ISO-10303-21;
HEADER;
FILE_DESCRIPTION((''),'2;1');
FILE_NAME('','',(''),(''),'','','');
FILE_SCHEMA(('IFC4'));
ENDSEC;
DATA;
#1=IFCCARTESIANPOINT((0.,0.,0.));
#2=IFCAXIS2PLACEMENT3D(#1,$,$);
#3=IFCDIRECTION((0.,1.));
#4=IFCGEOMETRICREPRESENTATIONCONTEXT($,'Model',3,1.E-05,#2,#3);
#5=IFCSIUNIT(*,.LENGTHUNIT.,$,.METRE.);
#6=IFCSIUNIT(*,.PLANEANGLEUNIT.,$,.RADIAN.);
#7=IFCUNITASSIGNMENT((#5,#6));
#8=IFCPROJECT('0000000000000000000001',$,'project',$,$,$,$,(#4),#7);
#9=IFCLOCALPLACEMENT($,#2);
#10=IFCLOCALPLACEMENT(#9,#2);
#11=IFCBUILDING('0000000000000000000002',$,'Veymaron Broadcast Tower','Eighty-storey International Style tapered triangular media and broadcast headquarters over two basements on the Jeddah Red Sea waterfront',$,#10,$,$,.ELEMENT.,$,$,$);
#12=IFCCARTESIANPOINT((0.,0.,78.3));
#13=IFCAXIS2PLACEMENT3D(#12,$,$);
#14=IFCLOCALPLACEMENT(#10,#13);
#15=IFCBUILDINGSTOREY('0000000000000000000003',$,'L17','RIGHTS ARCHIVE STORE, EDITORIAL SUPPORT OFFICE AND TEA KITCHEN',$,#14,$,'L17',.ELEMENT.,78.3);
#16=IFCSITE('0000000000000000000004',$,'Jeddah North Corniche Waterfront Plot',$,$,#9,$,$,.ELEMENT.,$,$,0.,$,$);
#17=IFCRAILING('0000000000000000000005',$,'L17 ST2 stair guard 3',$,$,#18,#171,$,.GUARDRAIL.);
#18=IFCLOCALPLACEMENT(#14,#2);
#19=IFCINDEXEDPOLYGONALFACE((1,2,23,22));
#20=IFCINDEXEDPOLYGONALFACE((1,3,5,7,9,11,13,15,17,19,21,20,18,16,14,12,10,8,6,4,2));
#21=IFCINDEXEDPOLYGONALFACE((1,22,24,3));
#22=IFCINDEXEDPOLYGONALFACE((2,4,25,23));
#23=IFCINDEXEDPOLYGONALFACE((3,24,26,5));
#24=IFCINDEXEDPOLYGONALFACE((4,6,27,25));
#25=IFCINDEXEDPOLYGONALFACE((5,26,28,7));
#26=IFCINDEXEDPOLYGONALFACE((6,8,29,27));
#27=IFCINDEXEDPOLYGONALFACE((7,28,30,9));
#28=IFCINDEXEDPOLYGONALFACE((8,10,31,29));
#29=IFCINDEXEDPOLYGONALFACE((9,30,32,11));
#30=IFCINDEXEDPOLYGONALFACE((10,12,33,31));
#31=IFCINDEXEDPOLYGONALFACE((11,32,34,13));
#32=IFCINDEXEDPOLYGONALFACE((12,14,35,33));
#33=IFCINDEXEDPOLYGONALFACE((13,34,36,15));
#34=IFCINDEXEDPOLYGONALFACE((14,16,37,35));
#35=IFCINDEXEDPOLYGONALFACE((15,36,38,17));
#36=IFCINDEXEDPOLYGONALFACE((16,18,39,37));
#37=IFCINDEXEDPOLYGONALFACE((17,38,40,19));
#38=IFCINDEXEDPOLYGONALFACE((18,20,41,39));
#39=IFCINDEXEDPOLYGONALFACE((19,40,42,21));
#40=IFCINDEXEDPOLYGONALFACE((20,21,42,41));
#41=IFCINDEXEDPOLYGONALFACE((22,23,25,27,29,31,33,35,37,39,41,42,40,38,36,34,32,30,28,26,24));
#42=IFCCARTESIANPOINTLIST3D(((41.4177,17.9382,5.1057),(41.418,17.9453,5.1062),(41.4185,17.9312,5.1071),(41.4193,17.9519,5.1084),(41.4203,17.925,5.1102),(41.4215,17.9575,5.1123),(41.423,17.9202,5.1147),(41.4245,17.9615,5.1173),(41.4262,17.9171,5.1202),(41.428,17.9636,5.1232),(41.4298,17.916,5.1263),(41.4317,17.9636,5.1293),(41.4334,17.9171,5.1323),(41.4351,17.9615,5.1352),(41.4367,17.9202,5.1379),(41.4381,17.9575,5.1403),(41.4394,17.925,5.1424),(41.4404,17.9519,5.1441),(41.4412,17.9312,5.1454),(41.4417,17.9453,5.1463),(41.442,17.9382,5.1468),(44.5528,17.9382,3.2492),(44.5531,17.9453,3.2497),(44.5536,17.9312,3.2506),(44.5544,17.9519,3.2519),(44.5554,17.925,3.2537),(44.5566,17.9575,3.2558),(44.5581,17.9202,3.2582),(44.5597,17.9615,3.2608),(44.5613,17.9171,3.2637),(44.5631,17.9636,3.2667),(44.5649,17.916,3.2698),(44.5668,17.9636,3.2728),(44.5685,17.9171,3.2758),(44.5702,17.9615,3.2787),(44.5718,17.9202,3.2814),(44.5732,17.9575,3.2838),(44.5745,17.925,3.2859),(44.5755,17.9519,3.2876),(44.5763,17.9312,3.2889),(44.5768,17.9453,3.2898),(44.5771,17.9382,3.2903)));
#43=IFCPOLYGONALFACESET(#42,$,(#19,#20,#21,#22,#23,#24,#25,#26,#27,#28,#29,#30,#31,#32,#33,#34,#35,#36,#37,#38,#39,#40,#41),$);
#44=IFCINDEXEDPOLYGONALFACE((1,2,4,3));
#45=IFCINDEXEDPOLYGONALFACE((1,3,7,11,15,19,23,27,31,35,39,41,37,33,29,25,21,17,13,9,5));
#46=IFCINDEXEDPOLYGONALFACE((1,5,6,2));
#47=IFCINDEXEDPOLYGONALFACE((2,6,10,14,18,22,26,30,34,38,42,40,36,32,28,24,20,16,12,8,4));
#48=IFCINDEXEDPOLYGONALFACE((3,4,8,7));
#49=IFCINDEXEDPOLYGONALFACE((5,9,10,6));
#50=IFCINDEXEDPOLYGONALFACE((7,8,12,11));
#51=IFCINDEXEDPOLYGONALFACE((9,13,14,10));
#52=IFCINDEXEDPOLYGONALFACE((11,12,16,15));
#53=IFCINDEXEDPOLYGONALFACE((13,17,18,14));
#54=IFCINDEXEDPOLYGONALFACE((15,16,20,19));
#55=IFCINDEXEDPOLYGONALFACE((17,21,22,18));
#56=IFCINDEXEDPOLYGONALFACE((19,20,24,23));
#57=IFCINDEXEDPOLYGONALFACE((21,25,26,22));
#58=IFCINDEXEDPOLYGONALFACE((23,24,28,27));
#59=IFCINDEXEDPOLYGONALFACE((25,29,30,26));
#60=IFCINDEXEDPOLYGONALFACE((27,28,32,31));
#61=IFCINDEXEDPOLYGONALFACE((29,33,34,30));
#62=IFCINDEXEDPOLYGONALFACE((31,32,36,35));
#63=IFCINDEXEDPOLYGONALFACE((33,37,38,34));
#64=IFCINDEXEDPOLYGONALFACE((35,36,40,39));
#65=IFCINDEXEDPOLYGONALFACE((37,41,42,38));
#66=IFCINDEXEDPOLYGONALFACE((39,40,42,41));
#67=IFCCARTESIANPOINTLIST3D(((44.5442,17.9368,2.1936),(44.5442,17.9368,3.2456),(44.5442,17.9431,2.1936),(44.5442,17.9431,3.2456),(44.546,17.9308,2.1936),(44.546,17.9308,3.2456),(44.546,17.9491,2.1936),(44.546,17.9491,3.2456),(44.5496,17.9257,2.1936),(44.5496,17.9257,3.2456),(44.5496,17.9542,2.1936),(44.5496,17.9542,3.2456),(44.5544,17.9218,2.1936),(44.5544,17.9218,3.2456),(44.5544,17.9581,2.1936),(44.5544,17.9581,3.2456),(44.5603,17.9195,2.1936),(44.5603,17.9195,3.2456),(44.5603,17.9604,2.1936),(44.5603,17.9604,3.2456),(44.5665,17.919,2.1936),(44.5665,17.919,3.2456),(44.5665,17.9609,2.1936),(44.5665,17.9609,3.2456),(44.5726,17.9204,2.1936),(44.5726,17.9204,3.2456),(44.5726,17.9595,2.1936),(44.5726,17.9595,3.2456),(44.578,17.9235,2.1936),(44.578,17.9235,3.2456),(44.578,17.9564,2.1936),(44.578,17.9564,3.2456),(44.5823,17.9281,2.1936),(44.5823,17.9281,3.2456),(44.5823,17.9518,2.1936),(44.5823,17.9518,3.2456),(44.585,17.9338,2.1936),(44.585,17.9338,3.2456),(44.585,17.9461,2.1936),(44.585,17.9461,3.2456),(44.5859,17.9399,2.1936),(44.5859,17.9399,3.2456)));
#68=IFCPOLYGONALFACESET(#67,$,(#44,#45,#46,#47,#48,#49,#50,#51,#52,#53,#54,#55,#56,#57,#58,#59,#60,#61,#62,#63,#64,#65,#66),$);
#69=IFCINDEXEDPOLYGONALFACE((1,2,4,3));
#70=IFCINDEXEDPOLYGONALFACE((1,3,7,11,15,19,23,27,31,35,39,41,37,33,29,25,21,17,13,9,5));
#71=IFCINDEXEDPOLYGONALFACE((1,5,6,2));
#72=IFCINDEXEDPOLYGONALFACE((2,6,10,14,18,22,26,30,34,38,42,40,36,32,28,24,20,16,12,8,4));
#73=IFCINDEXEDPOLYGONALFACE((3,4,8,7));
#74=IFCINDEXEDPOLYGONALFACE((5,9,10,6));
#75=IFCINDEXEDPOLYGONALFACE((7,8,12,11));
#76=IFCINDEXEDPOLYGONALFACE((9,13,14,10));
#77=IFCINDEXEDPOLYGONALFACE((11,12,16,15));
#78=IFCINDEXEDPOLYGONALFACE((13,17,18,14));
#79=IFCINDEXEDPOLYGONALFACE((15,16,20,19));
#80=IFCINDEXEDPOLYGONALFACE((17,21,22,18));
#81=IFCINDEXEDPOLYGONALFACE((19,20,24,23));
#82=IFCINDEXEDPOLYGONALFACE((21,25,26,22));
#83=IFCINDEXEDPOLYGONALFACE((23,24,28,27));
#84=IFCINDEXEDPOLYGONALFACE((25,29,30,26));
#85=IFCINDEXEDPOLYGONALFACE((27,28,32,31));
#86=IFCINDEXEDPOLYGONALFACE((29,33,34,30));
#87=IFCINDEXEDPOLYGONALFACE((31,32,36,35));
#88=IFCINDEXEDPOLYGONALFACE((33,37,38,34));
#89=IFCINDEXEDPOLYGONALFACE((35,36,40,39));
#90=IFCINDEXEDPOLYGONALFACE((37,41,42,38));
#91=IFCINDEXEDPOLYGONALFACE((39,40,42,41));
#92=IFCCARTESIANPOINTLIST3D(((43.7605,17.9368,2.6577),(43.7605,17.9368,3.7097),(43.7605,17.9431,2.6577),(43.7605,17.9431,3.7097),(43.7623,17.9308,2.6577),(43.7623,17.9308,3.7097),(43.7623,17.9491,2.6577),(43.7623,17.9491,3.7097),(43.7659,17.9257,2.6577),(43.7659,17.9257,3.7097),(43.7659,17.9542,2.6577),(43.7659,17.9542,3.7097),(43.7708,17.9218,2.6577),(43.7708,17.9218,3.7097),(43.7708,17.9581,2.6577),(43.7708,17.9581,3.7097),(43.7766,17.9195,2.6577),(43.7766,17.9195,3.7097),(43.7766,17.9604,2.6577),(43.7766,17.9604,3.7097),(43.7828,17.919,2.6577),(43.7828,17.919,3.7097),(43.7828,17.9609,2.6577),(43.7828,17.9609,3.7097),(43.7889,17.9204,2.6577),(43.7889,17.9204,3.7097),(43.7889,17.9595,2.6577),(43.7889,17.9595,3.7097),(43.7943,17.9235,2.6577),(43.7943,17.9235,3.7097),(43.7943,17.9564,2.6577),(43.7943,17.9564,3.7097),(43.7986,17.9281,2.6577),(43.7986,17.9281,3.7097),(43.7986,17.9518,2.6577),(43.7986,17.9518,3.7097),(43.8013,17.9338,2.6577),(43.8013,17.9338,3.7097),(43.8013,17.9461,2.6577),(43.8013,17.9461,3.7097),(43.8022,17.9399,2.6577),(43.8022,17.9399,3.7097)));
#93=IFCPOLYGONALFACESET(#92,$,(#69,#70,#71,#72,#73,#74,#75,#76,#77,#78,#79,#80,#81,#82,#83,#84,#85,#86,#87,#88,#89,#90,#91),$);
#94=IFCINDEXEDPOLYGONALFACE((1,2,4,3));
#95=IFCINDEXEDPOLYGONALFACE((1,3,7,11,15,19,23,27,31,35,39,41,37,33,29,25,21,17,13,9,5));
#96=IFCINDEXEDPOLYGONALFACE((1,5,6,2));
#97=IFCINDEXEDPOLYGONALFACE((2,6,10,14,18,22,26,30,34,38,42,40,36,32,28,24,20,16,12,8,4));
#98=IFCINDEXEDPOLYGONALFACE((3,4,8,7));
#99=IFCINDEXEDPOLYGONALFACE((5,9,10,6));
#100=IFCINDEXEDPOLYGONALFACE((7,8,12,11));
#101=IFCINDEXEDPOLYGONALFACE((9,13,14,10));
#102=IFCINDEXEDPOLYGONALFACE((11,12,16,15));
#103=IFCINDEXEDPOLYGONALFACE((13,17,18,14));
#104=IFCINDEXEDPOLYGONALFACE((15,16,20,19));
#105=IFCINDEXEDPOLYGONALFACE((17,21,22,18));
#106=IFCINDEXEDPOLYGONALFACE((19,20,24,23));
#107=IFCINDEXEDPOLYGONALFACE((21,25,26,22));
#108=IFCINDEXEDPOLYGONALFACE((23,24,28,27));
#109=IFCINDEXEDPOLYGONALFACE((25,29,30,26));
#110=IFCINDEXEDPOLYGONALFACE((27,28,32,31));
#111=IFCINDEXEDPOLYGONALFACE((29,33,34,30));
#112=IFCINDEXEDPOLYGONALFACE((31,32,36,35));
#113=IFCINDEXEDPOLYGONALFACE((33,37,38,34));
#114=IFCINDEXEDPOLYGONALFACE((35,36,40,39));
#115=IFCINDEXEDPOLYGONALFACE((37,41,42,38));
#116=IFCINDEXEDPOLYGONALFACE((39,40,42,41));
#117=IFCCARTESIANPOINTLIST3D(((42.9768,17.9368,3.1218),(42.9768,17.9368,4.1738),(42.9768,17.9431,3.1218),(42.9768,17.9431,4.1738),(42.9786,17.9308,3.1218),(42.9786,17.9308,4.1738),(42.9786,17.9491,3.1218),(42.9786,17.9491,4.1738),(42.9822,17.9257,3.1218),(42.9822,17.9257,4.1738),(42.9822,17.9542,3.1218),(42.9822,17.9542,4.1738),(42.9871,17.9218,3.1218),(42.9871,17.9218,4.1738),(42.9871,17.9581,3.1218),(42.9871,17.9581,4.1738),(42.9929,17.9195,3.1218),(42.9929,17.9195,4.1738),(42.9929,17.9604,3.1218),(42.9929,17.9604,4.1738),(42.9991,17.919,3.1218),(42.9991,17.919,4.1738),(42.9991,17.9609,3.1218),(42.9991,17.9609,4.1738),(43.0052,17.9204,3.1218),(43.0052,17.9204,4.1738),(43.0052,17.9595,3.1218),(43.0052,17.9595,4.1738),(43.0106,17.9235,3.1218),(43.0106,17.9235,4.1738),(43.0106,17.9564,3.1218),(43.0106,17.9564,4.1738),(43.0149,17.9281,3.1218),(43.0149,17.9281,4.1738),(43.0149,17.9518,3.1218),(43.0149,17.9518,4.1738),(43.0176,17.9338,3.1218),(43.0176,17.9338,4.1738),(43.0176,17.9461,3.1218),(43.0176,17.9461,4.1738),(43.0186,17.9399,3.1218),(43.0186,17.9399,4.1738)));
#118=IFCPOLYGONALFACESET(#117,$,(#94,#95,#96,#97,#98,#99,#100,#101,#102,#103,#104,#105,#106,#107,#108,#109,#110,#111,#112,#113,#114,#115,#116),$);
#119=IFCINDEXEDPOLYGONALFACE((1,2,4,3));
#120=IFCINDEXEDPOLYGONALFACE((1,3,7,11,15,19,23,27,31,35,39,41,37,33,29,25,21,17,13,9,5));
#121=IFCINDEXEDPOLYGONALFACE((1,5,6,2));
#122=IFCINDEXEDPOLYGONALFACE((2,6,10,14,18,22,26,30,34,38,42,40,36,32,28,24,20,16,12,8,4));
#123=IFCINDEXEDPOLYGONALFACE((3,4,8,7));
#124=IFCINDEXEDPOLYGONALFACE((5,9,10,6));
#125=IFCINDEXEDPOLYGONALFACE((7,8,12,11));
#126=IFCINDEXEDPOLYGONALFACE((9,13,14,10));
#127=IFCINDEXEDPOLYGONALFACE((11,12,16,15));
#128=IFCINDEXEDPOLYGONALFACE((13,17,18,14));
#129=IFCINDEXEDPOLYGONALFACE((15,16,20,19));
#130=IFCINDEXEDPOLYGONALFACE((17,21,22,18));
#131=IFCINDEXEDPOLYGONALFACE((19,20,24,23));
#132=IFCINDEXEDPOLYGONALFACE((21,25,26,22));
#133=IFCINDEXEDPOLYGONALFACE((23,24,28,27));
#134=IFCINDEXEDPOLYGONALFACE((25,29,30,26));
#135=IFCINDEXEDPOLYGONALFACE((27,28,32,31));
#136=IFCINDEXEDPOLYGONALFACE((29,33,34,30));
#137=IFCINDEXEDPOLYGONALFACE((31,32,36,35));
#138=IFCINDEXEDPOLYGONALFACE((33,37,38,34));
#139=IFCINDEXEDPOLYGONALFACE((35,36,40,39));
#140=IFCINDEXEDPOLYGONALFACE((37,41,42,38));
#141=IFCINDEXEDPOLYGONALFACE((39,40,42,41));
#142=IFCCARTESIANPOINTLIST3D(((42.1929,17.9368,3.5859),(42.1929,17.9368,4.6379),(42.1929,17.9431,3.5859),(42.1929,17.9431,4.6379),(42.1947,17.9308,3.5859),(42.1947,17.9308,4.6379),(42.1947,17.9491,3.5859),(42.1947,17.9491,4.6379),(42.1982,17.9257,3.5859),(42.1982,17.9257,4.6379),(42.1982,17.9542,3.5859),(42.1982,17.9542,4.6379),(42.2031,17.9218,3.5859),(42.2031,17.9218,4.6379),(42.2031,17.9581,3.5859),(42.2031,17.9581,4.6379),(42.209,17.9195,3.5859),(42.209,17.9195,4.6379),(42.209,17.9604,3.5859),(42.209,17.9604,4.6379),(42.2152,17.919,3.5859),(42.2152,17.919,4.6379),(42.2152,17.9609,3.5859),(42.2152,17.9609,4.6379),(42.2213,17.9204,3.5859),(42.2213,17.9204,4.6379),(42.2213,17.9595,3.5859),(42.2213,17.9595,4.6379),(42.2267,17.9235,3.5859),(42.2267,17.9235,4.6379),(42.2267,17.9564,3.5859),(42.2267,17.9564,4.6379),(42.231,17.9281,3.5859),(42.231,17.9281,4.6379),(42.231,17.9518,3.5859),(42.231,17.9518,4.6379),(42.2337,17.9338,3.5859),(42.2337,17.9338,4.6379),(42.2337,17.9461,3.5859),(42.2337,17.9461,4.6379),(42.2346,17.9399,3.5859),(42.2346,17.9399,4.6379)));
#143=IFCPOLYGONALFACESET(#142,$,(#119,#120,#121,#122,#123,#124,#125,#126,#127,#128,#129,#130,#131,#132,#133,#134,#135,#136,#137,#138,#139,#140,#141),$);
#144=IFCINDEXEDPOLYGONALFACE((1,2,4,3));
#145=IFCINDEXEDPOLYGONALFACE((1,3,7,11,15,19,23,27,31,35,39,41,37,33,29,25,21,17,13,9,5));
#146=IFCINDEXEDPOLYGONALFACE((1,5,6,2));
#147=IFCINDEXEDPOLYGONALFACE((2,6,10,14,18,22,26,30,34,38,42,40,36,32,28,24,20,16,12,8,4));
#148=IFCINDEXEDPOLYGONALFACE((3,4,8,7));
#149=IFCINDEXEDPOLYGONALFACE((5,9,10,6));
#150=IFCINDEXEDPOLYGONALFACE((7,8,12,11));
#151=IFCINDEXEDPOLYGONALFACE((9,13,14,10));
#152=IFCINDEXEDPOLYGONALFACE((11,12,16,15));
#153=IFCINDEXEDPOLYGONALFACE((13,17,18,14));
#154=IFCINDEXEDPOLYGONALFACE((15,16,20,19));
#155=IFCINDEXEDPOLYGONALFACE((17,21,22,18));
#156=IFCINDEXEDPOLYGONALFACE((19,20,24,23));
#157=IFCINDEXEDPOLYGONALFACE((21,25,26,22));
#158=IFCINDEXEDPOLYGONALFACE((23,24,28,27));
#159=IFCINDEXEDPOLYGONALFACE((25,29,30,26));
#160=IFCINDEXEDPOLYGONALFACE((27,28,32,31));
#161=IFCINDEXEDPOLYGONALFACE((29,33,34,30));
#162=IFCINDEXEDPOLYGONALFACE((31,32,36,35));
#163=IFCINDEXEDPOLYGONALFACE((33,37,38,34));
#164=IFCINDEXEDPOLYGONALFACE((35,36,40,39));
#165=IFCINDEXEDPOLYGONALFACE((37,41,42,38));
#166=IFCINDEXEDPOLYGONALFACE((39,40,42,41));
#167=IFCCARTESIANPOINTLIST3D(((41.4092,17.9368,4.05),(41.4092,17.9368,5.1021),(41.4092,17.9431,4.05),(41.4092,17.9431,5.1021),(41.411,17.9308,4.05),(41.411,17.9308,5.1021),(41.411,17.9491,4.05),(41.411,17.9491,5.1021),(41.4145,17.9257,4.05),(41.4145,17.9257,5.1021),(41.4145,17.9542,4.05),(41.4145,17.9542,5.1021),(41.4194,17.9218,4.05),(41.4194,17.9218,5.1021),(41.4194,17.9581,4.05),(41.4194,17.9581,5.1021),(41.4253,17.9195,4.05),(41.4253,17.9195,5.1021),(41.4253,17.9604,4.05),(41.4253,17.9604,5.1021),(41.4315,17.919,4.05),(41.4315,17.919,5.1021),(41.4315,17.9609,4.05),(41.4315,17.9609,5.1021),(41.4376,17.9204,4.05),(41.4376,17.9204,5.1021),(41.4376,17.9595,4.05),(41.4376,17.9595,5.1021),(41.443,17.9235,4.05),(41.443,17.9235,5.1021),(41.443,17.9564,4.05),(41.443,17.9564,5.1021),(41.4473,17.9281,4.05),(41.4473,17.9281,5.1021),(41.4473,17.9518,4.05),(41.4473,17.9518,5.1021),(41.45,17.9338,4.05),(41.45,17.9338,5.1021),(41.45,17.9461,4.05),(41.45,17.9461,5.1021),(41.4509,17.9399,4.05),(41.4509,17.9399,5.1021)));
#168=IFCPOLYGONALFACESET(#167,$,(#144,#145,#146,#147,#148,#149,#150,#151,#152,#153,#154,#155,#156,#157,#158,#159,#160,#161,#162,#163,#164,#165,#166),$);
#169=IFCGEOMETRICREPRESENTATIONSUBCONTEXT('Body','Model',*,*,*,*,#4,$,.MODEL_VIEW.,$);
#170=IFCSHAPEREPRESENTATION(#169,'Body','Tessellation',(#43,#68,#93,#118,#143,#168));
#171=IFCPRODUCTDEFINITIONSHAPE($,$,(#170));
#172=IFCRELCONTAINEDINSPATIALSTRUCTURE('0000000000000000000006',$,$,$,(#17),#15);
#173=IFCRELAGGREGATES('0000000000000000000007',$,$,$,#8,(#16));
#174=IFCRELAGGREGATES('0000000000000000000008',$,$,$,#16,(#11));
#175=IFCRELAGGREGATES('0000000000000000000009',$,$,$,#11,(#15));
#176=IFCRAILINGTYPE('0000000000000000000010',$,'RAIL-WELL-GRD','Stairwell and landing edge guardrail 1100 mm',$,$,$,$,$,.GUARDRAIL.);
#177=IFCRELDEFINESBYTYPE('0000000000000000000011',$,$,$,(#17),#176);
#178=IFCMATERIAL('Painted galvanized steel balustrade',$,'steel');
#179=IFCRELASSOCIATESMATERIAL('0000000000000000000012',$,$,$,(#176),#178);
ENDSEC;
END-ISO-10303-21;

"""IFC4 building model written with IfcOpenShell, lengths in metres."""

from ifc_helpers import new_model, si_unit, direction, frame, origin, origin_2d, place, context, subcontext, project, spatial, circle, extrude, material, type_object, element, save


model = new_model("IFC4")

# Units and contexts
model_context = context("Model", 3, precision=1e-05, world=origin(), true_north=direction((0.0, 1.0)))
body_context = subcontext(model_context, "Body", "Model", "MODEL_VIEW")
ifc_project = project(units=[si_unit("LENGTHUNIT", "METRE"), si_unit("PLANEANGLEUNIT", "RADIAN")], contexts=[model_context])

# Site, building, storey
site_placement = place(None, origin())
site = spatial("IfcSite", under=ifc_project, at=site_placement, Name="Jeddah North Corniche Waterfront Plot", CompositionType="ELEMENT", RefElevation=0.0)
building_placement = place(site_placement, origin())
building = spatial("IfcBuilding", under=site, at=building_placement, Name="Veymaron Broadcast Tower", Description="Eighty-storey International Style tapered triangular media and broadcast headquarters over two basements on the Jeddah Red Sea waterfront", CompositionType="ELEMENT")
storey_placement = place(building_placement, frame((0.0, 0.0, 78.3)))
storey = spatial("IfcBuildingStorey", under=building, at=storey_placement, Name="L17", Description="RIGHTS ARCHIVE STORE, EDITORIAL SUPPORT OFFICE AND TEA KITCHEN", LongName="L17", CompositionType="ELEMENT", Elevation=78.3)

# Railing
ifc_material_1 = material(Name="Painted galvanized steel balustrade", Category="steel")
railing_type_1 = type_object("IfcRailingType", Name="RAIL-WELL-GRD", Description="Stairwell and landing edge guardrail 1100 mm", PredefinedType="GUARDRAIL", material=ifc_material_1)
railing_1_placement = place(storey_placement, frame((44.5649, 17.9399, 2.1936)))
element("IfcRailing", 1, at=railing_1_placement, inside=storey, type_object=railing_type_1, Name="L17 ST2 stair guard 3", PredefinedType="GUARDRAIL", context=body_context, shape_type="SweptSolid", body=[
    extrude(circle(Radius=0.0239, at=origin_2d()), frame((0.0, 0.0, 1.0762), z_axis=(-0.860453, 0.0, 0.509531), x_axis=(0.0, -1.0, 0.0)), (0.0, 0.0, 1.0), 3.6436),
    extrude(circle(Radius=0.021, at=origin_2d()), origin(), (0.0, 0.0, 1.0), 1.052),
    extrude(circle(Radius=0.021, at=origin_2d()), frame((-0.7837, 0.0, 0.4641)), (0.0, 0.0, 1.0), 1.052),
    extrude(circle(Radius=0.021, at=origin_2d()), frame((-1.5674, 0.0, 0.9282)), (0.0, 0.0, 1.0), 1.052),
    extrude(circle(Radius=0.021, at=origin_2d()), frame((-2.3513, 0.0, 1.3923)), (0.0, 0.0, 1.0), 1.052),
    extrude(circle(Radius=0.021, at=origin_2d()), frame((-3.135, 0.0, 1.8564)), (0.0, 0.0, 1.0), 1.052),
])

save(model, "model.ifc")
